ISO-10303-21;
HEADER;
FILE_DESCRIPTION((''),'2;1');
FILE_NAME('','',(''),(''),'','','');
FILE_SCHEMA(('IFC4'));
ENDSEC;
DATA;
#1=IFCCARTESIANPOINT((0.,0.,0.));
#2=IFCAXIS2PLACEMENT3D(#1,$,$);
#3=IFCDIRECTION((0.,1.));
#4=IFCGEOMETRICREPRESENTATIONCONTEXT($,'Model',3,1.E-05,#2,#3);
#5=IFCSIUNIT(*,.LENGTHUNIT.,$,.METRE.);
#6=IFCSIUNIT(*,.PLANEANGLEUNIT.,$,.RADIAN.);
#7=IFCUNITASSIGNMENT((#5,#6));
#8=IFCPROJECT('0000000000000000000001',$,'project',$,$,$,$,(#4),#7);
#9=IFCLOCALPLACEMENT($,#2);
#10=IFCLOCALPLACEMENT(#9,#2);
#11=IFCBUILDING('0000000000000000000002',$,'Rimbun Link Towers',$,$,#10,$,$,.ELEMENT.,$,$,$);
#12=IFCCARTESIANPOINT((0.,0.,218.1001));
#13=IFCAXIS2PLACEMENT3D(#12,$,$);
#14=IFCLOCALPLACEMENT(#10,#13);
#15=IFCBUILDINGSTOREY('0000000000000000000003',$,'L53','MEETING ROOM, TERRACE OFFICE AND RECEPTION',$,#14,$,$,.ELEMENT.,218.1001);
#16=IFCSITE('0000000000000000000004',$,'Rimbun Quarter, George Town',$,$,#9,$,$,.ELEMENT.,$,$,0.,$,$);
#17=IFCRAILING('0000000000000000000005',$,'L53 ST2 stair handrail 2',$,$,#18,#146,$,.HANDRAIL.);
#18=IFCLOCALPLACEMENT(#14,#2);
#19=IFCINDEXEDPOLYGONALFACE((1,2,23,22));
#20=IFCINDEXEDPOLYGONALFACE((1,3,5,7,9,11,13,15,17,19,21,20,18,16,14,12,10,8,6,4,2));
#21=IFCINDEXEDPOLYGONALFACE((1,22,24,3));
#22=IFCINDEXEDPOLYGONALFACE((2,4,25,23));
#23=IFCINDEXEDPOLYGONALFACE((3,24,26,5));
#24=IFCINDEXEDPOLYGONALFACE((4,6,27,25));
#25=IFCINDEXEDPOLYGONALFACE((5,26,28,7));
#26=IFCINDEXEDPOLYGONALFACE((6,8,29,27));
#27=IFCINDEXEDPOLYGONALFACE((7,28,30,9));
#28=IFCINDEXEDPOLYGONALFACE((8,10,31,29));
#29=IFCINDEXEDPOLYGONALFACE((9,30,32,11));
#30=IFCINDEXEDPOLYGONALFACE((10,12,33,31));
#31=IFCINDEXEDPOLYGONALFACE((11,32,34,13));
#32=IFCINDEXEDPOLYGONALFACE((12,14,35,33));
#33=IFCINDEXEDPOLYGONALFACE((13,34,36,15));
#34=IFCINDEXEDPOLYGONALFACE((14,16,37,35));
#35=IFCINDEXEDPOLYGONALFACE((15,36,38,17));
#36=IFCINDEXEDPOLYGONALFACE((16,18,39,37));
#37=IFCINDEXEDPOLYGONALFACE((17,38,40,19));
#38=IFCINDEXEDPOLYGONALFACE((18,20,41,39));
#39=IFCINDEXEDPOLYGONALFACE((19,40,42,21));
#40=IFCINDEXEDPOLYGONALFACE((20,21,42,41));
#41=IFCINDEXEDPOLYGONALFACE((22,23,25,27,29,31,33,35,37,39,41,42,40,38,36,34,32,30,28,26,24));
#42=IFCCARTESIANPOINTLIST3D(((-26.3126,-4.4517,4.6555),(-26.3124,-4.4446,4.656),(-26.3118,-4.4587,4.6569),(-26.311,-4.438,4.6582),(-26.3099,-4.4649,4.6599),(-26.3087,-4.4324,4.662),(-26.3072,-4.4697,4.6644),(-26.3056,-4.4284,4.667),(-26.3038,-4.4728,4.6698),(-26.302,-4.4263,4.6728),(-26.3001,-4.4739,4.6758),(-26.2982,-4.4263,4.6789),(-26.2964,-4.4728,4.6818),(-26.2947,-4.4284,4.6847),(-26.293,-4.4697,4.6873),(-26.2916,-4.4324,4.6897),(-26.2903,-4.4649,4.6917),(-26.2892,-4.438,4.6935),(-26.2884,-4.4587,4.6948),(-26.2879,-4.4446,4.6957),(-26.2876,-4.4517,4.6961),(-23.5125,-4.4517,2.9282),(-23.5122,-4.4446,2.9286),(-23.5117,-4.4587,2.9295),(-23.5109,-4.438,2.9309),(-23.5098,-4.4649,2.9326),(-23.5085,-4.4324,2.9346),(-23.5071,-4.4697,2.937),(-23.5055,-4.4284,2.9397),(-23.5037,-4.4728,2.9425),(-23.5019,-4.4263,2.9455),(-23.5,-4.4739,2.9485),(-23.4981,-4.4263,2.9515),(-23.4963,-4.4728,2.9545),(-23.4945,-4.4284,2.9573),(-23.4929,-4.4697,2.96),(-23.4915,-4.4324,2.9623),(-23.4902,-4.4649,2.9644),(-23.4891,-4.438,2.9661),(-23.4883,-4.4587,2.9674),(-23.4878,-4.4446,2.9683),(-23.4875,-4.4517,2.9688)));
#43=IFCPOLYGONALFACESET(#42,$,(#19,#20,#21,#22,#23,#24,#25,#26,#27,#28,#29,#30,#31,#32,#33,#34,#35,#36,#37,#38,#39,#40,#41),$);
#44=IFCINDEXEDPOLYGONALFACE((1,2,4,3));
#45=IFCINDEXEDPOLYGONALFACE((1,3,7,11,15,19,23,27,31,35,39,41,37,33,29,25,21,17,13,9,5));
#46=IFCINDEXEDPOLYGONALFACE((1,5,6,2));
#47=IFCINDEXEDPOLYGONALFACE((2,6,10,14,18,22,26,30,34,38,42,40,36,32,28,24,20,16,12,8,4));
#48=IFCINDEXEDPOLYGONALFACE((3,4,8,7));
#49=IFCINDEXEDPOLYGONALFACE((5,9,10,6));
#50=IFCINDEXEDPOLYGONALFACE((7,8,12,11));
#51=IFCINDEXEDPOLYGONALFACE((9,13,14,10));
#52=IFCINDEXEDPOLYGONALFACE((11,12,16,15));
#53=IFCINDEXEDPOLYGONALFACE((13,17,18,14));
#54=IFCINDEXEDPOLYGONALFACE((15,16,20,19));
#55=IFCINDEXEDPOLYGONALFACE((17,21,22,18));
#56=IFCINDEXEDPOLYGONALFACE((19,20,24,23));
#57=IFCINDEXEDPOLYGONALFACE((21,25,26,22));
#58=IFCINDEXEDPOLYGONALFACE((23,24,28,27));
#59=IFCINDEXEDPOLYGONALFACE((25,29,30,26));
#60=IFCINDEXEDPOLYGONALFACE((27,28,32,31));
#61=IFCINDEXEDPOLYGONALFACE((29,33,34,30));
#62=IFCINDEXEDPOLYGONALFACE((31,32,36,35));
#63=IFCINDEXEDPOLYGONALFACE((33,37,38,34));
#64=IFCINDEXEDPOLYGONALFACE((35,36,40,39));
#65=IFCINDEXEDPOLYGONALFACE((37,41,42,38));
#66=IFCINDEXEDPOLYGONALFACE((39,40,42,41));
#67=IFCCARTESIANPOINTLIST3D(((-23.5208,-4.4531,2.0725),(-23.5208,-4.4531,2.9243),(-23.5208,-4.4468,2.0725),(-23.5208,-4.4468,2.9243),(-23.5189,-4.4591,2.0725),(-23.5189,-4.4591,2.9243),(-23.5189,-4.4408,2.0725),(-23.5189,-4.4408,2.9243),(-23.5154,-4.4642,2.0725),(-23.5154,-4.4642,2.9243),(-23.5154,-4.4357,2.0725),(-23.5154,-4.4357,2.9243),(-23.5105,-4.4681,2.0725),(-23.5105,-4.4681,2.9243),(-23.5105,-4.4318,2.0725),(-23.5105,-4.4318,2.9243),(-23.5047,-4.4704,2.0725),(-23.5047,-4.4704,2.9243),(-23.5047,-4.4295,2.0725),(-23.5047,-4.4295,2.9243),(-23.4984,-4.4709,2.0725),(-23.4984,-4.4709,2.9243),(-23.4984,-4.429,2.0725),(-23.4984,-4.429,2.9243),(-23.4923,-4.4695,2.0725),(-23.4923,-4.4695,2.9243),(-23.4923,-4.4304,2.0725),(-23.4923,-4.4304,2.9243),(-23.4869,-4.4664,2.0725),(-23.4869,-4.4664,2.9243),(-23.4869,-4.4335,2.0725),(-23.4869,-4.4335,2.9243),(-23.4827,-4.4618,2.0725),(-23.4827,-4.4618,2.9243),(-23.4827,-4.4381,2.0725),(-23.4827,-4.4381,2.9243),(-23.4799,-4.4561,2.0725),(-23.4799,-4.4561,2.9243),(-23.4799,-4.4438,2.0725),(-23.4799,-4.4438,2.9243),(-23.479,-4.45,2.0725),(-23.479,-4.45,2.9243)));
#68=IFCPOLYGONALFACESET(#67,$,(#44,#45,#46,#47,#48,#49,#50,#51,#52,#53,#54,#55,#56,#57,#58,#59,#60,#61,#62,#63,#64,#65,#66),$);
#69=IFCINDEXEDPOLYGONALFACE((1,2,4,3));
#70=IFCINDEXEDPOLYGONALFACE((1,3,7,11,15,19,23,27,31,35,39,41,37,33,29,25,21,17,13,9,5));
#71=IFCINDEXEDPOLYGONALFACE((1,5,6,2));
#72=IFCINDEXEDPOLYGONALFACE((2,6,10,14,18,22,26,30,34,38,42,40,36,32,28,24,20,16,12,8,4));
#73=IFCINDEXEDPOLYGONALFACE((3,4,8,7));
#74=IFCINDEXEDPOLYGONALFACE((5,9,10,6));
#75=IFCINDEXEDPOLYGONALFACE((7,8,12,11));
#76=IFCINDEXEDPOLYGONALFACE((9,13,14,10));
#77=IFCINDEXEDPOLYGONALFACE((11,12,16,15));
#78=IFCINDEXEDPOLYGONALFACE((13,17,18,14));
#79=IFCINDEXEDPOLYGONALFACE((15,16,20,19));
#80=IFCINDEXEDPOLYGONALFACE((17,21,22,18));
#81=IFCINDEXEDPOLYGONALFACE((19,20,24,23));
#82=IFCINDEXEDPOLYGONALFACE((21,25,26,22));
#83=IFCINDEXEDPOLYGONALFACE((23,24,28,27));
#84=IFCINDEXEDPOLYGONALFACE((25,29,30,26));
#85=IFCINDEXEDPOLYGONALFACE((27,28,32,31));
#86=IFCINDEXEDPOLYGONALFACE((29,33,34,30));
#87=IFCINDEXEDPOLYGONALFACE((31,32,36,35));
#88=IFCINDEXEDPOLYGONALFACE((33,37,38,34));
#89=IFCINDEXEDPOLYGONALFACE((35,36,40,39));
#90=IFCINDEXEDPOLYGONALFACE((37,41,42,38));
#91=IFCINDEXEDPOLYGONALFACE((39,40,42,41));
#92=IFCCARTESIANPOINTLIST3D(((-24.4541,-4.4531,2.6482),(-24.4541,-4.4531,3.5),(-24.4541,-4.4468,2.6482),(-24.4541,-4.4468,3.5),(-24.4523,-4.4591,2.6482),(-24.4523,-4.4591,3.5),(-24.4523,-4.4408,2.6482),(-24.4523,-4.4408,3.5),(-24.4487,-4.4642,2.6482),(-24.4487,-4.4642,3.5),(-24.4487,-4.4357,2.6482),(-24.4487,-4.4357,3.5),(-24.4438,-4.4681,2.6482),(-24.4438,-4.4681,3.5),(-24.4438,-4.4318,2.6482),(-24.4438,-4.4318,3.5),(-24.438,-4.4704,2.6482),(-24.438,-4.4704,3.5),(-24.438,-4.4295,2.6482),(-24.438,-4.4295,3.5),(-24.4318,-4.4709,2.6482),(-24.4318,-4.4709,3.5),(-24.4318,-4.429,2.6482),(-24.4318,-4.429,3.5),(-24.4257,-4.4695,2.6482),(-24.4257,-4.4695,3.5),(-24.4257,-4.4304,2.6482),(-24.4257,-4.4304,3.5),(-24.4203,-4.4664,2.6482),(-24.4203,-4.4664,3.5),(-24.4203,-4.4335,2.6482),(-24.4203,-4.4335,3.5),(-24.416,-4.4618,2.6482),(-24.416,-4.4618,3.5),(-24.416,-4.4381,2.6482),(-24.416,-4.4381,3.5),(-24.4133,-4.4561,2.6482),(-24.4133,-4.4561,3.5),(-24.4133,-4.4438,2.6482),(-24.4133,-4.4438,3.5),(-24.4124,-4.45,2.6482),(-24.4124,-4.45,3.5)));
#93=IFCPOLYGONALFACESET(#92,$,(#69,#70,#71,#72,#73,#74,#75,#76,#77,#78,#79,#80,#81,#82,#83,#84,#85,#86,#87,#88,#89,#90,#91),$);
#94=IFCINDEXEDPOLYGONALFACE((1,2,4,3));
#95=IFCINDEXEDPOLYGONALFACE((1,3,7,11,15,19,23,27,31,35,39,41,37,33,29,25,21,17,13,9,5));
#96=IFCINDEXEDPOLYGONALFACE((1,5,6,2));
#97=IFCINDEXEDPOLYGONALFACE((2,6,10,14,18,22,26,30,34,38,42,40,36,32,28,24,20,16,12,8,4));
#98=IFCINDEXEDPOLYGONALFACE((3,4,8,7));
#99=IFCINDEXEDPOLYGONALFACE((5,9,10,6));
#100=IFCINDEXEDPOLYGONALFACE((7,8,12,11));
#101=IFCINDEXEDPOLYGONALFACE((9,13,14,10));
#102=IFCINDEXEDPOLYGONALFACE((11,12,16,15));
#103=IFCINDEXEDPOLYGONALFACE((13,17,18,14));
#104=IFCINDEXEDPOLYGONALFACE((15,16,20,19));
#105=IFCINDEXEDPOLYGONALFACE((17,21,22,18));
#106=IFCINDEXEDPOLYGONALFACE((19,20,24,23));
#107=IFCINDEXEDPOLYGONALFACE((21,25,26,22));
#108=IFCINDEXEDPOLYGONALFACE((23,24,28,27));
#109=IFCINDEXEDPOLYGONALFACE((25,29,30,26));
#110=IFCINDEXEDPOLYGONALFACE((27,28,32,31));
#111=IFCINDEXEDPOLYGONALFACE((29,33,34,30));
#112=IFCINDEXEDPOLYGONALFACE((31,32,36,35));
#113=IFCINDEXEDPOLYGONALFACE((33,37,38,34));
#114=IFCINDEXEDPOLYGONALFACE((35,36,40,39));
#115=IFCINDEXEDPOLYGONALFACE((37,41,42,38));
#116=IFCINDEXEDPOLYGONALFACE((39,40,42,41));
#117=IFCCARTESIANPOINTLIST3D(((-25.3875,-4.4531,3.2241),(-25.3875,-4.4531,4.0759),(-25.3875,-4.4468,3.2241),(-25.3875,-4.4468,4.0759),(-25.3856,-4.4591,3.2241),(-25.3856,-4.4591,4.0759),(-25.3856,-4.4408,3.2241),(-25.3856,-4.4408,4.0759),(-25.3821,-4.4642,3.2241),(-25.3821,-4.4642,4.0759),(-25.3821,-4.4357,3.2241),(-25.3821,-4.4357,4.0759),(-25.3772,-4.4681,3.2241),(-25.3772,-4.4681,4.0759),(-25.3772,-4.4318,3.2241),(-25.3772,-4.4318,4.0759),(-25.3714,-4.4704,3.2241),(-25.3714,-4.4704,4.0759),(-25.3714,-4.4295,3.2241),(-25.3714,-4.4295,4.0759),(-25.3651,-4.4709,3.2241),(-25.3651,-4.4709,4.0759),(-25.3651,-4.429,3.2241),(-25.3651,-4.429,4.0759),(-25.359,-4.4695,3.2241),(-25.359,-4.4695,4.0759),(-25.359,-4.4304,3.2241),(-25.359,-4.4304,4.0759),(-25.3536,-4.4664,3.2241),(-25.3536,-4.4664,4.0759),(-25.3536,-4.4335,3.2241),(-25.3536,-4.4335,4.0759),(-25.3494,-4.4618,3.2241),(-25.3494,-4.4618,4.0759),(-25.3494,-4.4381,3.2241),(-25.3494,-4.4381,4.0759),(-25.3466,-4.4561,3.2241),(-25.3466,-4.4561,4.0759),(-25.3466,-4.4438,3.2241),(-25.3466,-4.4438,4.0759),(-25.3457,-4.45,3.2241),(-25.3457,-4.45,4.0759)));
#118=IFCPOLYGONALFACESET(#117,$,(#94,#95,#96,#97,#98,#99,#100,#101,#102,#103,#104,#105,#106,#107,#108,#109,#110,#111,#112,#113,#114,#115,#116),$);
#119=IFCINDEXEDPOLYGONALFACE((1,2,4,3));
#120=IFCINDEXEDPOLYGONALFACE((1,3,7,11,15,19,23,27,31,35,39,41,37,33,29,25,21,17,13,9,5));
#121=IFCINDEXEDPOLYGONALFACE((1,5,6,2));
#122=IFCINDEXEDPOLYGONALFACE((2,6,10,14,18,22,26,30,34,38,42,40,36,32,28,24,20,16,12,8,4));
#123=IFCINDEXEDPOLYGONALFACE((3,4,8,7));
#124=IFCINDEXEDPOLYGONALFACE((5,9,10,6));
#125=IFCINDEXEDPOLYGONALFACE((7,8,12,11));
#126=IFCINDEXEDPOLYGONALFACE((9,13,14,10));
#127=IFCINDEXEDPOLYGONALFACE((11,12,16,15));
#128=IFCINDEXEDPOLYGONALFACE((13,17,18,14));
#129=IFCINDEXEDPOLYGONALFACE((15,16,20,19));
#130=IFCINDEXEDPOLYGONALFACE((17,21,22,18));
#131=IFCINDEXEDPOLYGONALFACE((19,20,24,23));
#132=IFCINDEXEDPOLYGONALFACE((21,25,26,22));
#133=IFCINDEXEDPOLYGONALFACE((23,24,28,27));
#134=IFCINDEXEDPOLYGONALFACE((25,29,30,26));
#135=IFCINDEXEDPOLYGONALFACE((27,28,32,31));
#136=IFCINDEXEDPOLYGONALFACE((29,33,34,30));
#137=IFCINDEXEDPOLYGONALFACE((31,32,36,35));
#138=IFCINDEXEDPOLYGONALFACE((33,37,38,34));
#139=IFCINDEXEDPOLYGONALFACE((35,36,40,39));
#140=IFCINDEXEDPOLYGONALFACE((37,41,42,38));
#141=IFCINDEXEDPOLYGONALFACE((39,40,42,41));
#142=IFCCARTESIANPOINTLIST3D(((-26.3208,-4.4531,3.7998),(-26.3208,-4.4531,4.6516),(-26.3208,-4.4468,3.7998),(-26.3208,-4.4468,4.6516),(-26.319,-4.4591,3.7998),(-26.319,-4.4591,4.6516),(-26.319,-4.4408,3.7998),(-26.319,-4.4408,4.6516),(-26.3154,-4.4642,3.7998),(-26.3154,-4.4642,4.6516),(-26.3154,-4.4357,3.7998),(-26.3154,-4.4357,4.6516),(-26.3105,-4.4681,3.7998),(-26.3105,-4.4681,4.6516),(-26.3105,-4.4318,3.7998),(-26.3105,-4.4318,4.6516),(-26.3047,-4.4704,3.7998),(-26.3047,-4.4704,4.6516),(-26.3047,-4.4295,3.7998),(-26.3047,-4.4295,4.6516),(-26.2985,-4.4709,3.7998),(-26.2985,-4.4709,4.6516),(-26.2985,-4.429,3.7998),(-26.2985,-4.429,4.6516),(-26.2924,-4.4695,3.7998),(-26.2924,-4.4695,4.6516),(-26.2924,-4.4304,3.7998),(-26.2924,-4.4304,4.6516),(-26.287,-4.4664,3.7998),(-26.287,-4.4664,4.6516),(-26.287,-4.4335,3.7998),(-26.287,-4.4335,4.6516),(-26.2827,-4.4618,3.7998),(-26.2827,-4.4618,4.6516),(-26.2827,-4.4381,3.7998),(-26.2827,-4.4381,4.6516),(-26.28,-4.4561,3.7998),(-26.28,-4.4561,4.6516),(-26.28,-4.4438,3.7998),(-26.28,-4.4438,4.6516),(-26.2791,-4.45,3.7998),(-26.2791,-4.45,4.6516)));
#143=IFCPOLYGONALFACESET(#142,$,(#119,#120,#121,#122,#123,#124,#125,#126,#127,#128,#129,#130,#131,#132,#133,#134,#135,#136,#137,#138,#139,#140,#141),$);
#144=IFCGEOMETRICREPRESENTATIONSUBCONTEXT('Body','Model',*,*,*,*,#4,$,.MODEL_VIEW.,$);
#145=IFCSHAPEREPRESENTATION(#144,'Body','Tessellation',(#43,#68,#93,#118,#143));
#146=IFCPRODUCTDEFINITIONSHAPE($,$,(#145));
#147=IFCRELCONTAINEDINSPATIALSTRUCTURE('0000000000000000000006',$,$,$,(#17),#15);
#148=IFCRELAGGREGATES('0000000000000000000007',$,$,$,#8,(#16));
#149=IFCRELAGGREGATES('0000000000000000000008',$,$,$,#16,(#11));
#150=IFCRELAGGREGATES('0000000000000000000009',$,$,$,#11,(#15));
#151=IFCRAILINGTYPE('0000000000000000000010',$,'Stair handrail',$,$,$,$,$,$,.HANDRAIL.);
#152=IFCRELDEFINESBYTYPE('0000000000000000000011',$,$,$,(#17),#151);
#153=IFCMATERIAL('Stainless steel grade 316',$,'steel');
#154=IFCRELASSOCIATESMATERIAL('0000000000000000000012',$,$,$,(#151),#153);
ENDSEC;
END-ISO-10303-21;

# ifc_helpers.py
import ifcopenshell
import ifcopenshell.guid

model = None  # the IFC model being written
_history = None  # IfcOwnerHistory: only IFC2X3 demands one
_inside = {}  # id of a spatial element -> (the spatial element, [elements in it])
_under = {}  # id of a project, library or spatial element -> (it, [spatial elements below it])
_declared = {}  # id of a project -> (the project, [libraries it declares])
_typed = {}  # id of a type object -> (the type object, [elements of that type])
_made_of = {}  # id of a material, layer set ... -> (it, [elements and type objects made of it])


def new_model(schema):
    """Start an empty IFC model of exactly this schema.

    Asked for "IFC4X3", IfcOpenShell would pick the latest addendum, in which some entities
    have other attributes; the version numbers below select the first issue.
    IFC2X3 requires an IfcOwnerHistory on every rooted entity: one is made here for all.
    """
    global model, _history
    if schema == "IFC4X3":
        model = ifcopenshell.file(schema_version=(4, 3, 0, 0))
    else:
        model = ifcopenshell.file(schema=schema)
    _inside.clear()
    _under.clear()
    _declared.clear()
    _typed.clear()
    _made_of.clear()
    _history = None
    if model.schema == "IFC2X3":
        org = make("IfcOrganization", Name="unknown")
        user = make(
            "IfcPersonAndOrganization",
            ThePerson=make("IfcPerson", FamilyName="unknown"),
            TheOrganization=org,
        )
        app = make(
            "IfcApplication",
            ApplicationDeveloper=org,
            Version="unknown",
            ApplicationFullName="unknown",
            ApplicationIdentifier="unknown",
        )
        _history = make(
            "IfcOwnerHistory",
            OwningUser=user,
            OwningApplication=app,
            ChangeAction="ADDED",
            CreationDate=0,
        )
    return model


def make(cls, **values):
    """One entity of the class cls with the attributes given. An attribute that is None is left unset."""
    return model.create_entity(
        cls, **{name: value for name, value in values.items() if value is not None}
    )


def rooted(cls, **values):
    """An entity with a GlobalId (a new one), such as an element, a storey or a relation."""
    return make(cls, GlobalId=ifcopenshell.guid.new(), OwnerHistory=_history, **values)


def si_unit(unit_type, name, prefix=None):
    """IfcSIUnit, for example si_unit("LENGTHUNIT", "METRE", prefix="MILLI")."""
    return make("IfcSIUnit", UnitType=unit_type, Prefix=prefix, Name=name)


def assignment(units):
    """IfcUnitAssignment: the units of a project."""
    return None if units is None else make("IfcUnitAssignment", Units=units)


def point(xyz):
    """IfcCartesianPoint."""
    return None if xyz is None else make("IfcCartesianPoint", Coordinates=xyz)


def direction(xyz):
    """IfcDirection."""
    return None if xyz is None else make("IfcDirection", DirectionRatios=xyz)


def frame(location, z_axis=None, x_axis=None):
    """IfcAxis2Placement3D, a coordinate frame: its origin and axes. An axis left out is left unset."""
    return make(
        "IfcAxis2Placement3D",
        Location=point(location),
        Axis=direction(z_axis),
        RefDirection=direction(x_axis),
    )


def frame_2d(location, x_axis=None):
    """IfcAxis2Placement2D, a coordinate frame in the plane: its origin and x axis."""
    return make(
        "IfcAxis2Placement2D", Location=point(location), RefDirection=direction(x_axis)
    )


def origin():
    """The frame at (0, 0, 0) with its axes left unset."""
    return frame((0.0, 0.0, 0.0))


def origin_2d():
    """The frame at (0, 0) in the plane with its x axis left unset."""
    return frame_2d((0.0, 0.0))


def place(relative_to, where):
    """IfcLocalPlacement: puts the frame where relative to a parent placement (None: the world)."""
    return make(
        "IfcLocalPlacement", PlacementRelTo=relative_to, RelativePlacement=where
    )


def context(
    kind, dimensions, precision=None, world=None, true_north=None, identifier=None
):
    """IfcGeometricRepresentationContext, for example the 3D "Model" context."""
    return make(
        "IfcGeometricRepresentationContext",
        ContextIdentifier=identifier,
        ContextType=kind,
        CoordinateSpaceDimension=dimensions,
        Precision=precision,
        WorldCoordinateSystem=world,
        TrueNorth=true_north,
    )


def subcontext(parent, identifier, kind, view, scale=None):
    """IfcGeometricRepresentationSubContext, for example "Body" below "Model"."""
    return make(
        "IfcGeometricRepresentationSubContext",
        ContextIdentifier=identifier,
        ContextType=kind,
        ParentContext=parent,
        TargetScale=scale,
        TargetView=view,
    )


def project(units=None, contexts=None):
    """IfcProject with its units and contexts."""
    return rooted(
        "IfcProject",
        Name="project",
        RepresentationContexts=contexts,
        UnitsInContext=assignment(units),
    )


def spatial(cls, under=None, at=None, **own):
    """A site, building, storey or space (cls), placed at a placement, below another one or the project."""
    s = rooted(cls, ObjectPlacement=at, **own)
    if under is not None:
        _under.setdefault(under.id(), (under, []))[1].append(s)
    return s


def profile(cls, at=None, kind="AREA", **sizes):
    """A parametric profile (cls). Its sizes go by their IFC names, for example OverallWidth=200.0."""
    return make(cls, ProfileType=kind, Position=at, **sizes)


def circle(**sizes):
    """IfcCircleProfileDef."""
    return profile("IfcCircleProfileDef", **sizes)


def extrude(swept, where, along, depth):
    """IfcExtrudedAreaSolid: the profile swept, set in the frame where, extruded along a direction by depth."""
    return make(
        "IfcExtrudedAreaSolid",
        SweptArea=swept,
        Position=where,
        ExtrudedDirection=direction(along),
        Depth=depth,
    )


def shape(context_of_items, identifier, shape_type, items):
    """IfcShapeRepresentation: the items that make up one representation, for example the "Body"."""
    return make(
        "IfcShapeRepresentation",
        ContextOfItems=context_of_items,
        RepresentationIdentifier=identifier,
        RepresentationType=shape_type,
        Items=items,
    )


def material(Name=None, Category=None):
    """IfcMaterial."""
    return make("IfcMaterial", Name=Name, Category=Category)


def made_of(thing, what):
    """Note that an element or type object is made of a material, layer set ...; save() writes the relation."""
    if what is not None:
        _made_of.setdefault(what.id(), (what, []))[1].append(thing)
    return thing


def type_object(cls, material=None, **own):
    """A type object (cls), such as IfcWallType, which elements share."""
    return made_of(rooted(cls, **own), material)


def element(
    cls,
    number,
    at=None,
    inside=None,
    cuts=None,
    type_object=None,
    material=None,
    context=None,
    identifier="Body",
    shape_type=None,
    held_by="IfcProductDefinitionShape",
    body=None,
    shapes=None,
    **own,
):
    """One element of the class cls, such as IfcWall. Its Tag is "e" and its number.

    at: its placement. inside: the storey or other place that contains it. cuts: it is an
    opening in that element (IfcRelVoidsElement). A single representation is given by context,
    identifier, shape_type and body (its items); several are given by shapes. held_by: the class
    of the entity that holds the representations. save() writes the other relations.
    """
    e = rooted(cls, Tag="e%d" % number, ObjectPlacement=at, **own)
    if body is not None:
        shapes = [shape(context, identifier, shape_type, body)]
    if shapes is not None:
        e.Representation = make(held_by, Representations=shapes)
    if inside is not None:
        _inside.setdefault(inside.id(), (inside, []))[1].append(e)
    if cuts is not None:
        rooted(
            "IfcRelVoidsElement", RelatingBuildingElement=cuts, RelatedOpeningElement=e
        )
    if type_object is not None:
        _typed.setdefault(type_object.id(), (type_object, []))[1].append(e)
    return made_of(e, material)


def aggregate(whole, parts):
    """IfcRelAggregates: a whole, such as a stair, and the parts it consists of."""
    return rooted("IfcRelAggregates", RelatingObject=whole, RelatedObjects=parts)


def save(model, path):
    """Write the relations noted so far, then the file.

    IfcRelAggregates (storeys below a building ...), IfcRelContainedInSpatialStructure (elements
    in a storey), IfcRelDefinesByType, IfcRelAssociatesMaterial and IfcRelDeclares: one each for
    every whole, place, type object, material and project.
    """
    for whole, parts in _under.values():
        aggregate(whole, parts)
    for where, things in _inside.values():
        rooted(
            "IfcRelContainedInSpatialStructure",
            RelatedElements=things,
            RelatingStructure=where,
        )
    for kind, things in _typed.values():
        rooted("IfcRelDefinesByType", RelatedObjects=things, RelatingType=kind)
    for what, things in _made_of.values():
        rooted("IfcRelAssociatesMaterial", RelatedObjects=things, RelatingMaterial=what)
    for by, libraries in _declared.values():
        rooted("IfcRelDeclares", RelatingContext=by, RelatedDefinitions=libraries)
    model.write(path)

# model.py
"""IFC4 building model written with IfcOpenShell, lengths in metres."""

from ifc_helpers import new_model, si_unit, direction, frame, origin, origin_2d, place, context, subcontext, project, spatial, circle, extrude, material, type_object, element, save


model = new_model("IFC4")

# Units and contexts
model_context = context("Model", 3, precision=1e-05, world=origin(), true_north=direction((0.0, 1.0)))
body_context = subcontext(model_context, "Body", "Model", "MODEL_VIEW")
ifc_project = project(units=[si_unit("LENGTHUNIT", "METRE"), si_unit("PLANEANGLEUNIT", "RADIAN")], contexts=[model_context])

# Site, building, storey
site_placement = place(None, origin())
site = spatial("IfcSite", under=ifc_project, at=site_placement, Name="Rimbun Quarter, George Town", CompositionType="ELEMENT", RefElevation=0.0)
building_placement = place(site_placement, origin())
building = spatial("IfcBuilding", under=site, at=building_placement, Name="Rimbun Link Towers", CompositionType="ELEMENT")
storey_placement = place(building_placement, frame((0.0, 0.0, 218.1001)))
storey = spatial("IfcBuildingStorey", under=building, at=storey_placement, Name="L53", Description="MEETING ROOM, TERRACE OFFICE AND RECEPTION", CompositionType="ELEMENT", Elevation=218.1001)

# Railing
ifc_material_1 = material(Name="Stainless steel grade 316", Category="steel")
railing_type_1 = type_object("IfcRailingType", Name="Stair handrail", PredefinedType="HANDRAIL", material=ifc_material_1)
railing_1_placement = place(storey_placement, frame((-23.5, -4.45, 2.0725)))
element("IfcRailing", 1, at=railing_1_placement, inside=storey, type_object=railing_type_1, Name="L53 ST2 stair handrail 2", PredefinedType="HANDRAIL", context=body_context, shape_type="SweptSolid", body=[
    extrude(circle(Radius=0.0239, at=origin_2d()), frame((0.0, 0.0, 0.876), z_axis=(-0.85109, 0.0, 0.52502), x_axis=(0.0, -1.0, 0.0)), (0.0, 0.0, 1.0), 3.29),
    extrude(circle(Radius=0.021, at=origin_2d()), origin(), (0.0, 0.0, 1.0), 0.8518),
    extrude(circle(Radius=0.021, at=origin_2d()), frame((-0.9333, 0.0, 0.5757)), (0.0, 0.0, 1.0), 0.8518),
    extrude(circle(Radius=0.021, at=origin_2d()), frame((-1.8667, 0.0, 1.1516)), (0.0, 0.0, 1.0), 0.8518),
    extrude(circle(Radius=0.021, at=origin_2d()), frame((-2.8, 0.0, 1.7273)), (0.0, 0.0, 1.0), 0.8518),
])

save(model, "model.ifc")
